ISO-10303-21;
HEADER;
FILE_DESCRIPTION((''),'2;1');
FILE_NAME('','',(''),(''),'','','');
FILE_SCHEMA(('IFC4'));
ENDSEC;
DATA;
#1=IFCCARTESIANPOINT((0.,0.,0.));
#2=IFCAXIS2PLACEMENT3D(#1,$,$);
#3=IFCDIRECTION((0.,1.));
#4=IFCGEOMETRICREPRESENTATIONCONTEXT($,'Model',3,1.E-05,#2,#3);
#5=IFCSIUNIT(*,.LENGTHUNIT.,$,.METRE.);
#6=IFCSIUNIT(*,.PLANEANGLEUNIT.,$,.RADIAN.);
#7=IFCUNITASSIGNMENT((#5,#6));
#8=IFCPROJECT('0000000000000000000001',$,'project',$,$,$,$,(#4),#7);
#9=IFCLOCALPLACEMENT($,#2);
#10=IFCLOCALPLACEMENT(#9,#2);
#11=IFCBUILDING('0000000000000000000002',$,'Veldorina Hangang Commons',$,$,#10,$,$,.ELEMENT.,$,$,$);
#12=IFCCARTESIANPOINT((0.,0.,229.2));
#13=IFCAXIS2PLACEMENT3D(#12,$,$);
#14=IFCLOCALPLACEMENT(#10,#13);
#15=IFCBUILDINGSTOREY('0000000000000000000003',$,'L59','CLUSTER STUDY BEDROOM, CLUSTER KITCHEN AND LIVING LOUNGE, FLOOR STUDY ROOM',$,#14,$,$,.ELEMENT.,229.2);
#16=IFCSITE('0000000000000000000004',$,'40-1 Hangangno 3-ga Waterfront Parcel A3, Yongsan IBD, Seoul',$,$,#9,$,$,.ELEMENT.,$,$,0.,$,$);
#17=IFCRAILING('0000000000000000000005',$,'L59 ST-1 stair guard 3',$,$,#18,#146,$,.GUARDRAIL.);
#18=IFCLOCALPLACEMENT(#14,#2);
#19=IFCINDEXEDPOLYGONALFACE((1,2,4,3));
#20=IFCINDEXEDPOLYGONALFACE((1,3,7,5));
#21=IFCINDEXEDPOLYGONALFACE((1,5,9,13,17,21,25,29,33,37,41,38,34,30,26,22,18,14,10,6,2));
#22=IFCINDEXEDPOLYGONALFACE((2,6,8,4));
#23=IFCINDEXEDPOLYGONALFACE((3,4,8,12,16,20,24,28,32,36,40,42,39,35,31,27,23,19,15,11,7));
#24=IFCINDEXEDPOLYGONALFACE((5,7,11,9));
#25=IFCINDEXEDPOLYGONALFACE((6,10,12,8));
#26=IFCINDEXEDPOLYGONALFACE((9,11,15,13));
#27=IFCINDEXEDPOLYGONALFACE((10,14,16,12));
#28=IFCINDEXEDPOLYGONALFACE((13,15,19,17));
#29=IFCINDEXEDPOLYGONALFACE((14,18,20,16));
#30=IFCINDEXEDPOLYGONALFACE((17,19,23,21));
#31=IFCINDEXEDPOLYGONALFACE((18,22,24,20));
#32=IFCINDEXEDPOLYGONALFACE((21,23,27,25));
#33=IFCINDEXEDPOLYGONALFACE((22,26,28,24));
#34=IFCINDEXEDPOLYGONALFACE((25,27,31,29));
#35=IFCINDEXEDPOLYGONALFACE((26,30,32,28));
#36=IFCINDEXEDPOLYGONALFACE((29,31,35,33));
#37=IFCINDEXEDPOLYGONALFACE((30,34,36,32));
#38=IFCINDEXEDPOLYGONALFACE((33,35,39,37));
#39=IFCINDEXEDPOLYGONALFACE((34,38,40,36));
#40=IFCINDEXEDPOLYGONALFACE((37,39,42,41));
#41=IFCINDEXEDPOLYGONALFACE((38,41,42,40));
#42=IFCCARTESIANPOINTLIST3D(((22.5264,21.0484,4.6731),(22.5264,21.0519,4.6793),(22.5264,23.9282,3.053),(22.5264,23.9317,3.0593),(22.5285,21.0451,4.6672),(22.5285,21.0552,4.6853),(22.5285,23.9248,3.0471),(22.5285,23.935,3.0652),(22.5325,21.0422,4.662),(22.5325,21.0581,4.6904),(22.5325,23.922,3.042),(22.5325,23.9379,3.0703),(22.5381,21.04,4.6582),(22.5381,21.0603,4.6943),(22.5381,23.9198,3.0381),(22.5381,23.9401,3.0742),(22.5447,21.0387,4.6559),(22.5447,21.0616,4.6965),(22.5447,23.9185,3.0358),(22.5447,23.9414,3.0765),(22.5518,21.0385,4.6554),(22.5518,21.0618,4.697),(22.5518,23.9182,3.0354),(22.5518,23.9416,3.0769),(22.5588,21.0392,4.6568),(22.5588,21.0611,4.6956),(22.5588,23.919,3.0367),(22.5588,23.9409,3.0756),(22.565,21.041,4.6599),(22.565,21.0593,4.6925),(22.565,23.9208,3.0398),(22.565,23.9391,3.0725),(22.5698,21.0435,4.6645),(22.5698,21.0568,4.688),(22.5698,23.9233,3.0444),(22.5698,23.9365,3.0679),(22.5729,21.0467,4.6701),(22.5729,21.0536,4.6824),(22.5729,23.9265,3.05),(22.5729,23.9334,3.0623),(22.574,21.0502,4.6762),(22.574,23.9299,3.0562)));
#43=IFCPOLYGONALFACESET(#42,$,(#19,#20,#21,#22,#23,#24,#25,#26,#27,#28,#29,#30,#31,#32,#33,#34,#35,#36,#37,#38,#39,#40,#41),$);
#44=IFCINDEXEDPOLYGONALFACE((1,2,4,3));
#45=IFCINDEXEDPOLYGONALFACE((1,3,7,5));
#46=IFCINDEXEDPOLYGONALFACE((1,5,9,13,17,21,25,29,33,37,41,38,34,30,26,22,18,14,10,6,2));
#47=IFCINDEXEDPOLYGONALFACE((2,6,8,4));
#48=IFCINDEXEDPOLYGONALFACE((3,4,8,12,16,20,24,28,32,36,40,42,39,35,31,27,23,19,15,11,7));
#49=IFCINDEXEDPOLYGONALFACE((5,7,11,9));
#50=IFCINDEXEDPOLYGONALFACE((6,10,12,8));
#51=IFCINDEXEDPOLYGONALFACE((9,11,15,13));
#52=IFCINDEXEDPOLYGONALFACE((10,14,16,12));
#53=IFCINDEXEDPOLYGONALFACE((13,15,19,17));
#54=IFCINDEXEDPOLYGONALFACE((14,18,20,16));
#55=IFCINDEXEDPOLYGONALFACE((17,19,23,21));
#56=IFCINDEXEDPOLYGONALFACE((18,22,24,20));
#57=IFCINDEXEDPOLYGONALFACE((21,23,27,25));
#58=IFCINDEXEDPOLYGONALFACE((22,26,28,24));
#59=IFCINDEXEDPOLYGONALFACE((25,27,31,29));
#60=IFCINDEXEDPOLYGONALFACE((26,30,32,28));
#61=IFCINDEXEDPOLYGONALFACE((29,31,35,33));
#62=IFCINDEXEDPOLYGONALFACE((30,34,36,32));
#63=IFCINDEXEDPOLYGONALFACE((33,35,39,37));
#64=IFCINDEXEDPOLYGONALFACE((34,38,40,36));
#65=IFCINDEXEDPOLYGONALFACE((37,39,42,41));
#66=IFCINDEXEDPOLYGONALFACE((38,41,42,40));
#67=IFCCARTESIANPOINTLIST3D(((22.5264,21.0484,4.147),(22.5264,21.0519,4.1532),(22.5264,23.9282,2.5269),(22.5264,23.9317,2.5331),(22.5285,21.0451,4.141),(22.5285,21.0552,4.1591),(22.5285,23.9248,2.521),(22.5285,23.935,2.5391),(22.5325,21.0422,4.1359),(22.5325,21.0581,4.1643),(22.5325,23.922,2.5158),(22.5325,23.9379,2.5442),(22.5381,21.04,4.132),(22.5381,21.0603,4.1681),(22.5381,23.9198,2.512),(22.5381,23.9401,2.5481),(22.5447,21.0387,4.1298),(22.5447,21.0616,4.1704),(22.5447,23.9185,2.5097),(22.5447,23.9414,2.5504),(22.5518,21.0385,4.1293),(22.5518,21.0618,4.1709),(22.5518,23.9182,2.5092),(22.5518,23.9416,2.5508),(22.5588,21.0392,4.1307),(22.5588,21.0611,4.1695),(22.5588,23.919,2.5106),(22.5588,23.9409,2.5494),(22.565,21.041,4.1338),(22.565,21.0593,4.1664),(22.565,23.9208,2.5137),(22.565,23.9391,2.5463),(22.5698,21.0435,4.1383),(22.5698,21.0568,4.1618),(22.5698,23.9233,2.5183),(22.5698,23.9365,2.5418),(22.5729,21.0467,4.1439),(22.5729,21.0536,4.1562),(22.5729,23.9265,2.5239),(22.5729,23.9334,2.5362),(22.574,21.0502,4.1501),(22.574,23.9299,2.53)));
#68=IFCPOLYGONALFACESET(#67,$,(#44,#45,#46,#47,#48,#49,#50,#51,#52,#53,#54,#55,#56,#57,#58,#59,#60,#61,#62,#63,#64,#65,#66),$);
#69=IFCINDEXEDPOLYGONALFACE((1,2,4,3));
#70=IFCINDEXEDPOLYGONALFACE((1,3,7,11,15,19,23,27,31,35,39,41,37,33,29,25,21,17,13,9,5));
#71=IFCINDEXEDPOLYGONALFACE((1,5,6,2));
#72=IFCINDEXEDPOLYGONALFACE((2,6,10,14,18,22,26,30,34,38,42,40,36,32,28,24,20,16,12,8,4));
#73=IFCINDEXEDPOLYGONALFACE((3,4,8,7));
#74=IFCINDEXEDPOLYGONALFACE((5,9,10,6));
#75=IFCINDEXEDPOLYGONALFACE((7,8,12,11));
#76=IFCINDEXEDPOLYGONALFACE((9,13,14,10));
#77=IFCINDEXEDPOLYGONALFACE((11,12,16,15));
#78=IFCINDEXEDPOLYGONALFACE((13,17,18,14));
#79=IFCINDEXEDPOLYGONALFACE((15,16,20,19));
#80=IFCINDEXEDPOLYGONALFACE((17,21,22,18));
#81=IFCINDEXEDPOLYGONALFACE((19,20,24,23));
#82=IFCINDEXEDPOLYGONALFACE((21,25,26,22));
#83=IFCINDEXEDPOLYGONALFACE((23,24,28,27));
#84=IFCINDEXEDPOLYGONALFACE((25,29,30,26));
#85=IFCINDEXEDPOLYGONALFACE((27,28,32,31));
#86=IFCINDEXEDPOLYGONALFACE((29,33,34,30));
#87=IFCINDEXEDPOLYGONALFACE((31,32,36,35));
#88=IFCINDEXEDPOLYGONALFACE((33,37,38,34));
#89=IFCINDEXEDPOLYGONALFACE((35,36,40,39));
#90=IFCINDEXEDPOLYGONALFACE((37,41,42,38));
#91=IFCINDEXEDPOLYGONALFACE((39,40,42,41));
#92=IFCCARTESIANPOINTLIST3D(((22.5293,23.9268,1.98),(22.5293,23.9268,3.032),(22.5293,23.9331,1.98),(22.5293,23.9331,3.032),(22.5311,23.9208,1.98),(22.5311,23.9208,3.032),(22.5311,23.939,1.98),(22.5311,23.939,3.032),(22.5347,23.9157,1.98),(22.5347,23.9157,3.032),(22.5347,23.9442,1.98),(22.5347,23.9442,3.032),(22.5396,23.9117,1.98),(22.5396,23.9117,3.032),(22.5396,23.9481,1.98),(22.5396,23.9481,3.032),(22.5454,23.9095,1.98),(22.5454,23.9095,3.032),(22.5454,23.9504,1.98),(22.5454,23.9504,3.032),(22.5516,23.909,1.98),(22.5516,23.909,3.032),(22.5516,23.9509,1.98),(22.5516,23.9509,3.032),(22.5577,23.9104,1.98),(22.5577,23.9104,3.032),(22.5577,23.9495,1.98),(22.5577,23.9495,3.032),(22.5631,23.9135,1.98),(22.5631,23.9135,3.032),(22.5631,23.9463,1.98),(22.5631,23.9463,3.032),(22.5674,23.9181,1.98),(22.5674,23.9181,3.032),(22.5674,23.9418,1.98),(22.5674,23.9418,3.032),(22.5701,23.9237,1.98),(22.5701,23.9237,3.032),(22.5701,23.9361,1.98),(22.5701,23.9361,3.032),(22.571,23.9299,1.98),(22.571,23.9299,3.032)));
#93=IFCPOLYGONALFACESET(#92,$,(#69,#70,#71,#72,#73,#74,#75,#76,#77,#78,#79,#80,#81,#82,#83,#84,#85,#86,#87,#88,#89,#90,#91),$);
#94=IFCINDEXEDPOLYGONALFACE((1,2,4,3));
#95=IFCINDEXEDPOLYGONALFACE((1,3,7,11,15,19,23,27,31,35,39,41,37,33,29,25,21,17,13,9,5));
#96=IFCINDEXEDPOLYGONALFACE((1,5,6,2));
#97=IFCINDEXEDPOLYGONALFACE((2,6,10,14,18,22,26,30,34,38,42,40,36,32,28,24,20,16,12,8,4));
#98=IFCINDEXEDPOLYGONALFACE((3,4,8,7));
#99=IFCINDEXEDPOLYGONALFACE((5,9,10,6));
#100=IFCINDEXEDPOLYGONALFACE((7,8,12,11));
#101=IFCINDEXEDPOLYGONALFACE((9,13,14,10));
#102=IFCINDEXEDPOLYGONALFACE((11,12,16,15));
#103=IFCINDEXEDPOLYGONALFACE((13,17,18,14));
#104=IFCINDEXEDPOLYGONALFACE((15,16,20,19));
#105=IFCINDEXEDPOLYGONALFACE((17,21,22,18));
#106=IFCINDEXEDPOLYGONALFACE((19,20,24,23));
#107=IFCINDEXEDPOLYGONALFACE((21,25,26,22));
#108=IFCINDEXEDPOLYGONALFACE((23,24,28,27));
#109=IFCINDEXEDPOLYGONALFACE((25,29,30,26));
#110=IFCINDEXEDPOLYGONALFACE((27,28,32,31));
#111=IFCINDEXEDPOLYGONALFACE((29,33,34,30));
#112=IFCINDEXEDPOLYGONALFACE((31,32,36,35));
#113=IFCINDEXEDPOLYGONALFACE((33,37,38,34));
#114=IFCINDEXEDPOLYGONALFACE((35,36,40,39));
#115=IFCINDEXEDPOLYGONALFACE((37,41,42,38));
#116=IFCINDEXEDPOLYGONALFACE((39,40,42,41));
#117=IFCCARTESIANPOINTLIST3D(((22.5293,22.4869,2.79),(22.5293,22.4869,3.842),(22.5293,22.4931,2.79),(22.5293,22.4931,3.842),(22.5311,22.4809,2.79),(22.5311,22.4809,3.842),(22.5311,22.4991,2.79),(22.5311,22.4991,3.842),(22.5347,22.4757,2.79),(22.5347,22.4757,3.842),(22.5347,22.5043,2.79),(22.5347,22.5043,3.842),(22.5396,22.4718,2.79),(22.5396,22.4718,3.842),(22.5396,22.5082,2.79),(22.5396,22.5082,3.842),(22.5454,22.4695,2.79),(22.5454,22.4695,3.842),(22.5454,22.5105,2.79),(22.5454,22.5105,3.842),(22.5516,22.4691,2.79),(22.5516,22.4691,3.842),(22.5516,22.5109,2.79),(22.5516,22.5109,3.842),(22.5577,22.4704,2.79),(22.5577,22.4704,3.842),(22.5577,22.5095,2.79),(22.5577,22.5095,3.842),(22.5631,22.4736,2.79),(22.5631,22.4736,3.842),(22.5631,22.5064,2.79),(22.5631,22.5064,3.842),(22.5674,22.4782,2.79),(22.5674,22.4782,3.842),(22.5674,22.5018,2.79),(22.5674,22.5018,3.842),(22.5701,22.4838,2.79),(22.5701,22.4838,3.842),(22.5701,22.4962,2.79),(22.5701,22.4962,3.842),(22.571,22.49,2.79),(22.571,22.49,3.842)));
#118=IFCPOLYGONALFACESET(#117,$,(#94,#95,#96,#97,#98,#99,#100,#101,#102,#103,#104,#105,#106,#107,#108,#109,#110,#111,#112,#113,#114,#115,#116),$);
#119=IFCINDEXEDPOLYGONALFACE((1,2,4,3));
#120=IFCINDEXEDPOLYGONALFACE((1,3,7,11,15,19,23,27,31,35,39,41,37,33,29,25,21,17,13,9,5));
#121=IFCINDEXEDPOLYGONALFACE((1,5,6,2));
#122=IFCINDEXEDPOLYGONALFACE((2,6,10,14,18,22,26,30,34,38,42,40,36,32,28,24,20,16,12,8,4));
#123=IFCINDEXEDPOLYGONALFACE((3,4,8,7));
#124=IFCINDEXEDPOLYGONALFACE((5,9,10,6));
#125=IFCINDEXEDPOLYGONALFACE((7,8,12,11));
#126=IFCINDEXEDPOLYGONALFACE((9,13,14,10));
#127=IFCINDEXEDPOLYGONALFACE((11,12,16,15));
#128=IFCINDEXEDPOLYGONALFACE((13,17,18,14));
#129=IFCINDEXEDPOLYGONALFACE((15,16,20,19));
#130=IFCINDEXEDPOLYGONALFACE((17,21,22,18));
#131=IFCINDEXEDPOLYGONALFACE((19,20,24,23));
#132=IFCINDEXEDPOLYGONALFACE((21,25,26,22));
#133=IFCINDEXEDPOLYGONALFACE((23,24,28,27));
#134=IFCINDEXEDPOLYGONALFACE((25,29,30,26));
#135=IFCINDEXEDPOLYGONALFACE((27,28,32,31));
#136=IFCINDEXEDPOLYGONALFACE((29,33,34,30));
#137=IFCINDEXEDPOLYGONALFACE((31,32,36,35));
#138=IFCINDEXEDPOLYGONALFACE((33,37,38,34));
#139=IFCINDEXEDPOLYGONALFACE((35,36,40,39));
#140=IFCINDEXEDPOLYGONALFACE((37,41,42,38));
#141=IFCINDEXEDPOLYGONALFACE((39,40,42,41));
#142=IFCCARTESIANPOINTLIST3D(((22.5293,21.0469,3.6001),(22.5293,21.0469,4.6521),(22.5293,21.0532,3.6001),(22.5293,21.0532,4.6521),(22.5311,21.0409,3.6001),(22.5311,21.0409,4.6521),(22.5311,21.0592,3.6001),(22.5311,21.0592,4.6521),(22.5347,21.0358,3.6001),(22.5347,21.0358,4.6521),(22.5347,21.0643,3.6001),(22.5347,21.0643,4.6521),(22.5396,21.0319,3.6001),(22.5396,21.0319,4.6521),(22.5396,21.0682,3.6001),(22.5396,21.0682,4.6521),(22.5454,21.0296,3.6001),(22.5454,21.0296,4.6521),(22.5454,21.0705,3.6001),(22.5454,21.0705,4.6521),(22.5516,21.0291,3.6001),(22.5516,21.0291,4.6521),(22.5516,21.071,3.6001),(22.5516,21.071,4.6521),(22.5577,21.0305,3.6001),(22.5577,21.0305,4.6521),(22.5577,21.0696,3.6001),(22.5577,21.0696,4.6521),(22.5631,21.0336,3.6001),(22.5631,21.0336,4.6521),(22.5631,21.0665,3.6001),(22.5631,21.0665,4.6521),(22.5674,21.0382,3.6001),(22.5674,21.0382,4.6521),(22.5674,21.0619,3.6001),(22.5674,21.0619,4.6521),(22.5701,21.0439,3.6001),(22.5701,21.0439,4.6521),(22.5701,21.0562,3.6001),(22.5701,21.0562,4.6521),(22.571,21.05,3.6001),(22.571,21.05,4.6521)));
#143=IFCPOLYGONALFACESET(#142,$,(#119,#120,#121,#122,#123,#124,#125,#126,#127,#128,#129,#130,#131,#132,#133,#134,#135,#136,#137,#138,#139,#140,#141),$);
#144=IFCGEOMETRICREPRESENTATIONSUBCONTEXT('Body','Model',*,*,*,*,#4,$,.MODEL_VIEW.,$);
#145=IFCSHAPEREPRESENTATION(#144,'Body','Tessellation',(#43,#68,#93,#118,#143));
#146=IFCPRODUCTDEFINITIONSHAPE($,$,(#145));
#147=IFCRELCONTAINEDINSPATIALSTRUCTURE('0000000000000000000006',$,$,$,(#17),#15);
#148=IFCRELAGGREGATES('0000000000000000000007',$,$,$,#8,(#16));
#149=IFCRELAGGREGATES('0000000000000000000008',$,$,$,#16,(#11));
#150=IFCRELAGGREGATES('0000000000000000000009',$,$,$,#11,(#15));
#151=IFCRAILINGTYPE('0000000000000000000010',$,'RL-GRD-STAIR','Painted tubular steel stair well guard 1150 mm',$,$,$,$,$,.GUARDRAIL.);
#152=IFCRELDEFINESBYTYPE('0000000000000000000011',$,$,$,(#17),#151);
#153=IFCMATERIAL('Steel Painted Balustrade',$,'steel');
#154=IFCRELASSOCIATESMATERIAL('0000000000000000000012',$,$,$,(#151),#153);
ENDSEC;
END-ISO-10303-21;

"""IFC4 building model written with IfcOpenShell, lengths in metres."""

from ifc_helpers import new_model, si_unit, direction, frame, origin, origin_2d, place, context, subcontext, project, spatial, circle, extrude, material, type_object, element, save


model = new_model("IFC4")

# Units and contexts
model_context = context("Model", 3, precision=1e-05, world=origin(), true_north=direction((0.0, 1.0)))
body_context = subcontext(model_context, "Body", "Model", "MODEL_VIEW")
ifc_project = project(units=[si_unit("LENGTHUNIT", "METRE"), si_unit("PLANEANGLEUNIT", "RADIAN")], contexts=[model_context])

# Site, building, storey
site_placement = place(None, origin())
site = spatial("IfcSite", under=ifc_project, at=site_placement, Name="40-1 Hangangno 3-ga Waterfront Parcel A3, Yongsan IBD, Seoul", CompositionType="ELEMENT", RefElevation=0.0)
building_placement = place(site_placement, origin())
building = spatial("IfcBuilding", under=site, at=building_placement, Name="Veldorina Hangang Commons", CompositionType="ELEMENT")
storey_placement = place(building_placement, frame((0.0, 0.0, 229.2)))
storey = spatial("IfcBuildingStorey", under=building, at=storey_placement, Name="L59", Description="CLUSTER STUDY BEDROOM, CLUSTER KITCHEN AND LIVING LOUNGE, FLOOR STUDY ROOM", CompositionType="ELEMENT", Elevation=229.2)

# Railing
ifc_material_1 = material(Name="Steel Painted Balustrade", Category="steel")
railing_type = type_object("IfcRailingType", Name="RL-GRD-STAIR", Description="Painted tubular steel stair well guard 1150 mm", PredefinedType="GUARDRAIL", material=ifc_material_1)
railing_1_placement = place(storey_placement, frame((22.55, 23.9299, 1.98)))
element("IfcRailing", 1, at=railing_1_placement, inside=storey, type_object=railing_type, Name="L59 ST-1 stair guard 3", PredefinedType="GUARDRAIL", context=body_context, shape_type="SweptSolid", body=[
    extrude(circle(Radius=0.0239, at=origin_2d()), frame((0.0, 0.0, 1.0762), z_axis=(0.0, -0.871552, 0.490303), x_axis=(1.0, 0.0, 0.0)), (0.0, 0.0, 1.0), 3.3042),
    extrude(circle(Radius=0.0239, at=origin_2d()), frame((0.0, 0.0, 0.55), z_axis=(0.0, -0.871552, 0.490303), x_axis=(1.0, 0.0, 0.0)), (0.0, 0.0, 1.0), 3.3042),
    extrude(circle(Radius=0.021, at=origin_2d()), origin(), (0.0, 0.0, 1.0), 1.052),
    extrude(circle(Radius=0.021, at=origin_2d()), frame((0.0, -1.4399, 0.8101)), (0.0, 0.0, 1.0), 1.052),
    extrude(circle(Radius=0.021, at=origin_2d()), frame((0.0, -2.8799, 1.6201)), (0.0, 0.0, 1.0), 1.052),
])

save(model, "model.ifc")
